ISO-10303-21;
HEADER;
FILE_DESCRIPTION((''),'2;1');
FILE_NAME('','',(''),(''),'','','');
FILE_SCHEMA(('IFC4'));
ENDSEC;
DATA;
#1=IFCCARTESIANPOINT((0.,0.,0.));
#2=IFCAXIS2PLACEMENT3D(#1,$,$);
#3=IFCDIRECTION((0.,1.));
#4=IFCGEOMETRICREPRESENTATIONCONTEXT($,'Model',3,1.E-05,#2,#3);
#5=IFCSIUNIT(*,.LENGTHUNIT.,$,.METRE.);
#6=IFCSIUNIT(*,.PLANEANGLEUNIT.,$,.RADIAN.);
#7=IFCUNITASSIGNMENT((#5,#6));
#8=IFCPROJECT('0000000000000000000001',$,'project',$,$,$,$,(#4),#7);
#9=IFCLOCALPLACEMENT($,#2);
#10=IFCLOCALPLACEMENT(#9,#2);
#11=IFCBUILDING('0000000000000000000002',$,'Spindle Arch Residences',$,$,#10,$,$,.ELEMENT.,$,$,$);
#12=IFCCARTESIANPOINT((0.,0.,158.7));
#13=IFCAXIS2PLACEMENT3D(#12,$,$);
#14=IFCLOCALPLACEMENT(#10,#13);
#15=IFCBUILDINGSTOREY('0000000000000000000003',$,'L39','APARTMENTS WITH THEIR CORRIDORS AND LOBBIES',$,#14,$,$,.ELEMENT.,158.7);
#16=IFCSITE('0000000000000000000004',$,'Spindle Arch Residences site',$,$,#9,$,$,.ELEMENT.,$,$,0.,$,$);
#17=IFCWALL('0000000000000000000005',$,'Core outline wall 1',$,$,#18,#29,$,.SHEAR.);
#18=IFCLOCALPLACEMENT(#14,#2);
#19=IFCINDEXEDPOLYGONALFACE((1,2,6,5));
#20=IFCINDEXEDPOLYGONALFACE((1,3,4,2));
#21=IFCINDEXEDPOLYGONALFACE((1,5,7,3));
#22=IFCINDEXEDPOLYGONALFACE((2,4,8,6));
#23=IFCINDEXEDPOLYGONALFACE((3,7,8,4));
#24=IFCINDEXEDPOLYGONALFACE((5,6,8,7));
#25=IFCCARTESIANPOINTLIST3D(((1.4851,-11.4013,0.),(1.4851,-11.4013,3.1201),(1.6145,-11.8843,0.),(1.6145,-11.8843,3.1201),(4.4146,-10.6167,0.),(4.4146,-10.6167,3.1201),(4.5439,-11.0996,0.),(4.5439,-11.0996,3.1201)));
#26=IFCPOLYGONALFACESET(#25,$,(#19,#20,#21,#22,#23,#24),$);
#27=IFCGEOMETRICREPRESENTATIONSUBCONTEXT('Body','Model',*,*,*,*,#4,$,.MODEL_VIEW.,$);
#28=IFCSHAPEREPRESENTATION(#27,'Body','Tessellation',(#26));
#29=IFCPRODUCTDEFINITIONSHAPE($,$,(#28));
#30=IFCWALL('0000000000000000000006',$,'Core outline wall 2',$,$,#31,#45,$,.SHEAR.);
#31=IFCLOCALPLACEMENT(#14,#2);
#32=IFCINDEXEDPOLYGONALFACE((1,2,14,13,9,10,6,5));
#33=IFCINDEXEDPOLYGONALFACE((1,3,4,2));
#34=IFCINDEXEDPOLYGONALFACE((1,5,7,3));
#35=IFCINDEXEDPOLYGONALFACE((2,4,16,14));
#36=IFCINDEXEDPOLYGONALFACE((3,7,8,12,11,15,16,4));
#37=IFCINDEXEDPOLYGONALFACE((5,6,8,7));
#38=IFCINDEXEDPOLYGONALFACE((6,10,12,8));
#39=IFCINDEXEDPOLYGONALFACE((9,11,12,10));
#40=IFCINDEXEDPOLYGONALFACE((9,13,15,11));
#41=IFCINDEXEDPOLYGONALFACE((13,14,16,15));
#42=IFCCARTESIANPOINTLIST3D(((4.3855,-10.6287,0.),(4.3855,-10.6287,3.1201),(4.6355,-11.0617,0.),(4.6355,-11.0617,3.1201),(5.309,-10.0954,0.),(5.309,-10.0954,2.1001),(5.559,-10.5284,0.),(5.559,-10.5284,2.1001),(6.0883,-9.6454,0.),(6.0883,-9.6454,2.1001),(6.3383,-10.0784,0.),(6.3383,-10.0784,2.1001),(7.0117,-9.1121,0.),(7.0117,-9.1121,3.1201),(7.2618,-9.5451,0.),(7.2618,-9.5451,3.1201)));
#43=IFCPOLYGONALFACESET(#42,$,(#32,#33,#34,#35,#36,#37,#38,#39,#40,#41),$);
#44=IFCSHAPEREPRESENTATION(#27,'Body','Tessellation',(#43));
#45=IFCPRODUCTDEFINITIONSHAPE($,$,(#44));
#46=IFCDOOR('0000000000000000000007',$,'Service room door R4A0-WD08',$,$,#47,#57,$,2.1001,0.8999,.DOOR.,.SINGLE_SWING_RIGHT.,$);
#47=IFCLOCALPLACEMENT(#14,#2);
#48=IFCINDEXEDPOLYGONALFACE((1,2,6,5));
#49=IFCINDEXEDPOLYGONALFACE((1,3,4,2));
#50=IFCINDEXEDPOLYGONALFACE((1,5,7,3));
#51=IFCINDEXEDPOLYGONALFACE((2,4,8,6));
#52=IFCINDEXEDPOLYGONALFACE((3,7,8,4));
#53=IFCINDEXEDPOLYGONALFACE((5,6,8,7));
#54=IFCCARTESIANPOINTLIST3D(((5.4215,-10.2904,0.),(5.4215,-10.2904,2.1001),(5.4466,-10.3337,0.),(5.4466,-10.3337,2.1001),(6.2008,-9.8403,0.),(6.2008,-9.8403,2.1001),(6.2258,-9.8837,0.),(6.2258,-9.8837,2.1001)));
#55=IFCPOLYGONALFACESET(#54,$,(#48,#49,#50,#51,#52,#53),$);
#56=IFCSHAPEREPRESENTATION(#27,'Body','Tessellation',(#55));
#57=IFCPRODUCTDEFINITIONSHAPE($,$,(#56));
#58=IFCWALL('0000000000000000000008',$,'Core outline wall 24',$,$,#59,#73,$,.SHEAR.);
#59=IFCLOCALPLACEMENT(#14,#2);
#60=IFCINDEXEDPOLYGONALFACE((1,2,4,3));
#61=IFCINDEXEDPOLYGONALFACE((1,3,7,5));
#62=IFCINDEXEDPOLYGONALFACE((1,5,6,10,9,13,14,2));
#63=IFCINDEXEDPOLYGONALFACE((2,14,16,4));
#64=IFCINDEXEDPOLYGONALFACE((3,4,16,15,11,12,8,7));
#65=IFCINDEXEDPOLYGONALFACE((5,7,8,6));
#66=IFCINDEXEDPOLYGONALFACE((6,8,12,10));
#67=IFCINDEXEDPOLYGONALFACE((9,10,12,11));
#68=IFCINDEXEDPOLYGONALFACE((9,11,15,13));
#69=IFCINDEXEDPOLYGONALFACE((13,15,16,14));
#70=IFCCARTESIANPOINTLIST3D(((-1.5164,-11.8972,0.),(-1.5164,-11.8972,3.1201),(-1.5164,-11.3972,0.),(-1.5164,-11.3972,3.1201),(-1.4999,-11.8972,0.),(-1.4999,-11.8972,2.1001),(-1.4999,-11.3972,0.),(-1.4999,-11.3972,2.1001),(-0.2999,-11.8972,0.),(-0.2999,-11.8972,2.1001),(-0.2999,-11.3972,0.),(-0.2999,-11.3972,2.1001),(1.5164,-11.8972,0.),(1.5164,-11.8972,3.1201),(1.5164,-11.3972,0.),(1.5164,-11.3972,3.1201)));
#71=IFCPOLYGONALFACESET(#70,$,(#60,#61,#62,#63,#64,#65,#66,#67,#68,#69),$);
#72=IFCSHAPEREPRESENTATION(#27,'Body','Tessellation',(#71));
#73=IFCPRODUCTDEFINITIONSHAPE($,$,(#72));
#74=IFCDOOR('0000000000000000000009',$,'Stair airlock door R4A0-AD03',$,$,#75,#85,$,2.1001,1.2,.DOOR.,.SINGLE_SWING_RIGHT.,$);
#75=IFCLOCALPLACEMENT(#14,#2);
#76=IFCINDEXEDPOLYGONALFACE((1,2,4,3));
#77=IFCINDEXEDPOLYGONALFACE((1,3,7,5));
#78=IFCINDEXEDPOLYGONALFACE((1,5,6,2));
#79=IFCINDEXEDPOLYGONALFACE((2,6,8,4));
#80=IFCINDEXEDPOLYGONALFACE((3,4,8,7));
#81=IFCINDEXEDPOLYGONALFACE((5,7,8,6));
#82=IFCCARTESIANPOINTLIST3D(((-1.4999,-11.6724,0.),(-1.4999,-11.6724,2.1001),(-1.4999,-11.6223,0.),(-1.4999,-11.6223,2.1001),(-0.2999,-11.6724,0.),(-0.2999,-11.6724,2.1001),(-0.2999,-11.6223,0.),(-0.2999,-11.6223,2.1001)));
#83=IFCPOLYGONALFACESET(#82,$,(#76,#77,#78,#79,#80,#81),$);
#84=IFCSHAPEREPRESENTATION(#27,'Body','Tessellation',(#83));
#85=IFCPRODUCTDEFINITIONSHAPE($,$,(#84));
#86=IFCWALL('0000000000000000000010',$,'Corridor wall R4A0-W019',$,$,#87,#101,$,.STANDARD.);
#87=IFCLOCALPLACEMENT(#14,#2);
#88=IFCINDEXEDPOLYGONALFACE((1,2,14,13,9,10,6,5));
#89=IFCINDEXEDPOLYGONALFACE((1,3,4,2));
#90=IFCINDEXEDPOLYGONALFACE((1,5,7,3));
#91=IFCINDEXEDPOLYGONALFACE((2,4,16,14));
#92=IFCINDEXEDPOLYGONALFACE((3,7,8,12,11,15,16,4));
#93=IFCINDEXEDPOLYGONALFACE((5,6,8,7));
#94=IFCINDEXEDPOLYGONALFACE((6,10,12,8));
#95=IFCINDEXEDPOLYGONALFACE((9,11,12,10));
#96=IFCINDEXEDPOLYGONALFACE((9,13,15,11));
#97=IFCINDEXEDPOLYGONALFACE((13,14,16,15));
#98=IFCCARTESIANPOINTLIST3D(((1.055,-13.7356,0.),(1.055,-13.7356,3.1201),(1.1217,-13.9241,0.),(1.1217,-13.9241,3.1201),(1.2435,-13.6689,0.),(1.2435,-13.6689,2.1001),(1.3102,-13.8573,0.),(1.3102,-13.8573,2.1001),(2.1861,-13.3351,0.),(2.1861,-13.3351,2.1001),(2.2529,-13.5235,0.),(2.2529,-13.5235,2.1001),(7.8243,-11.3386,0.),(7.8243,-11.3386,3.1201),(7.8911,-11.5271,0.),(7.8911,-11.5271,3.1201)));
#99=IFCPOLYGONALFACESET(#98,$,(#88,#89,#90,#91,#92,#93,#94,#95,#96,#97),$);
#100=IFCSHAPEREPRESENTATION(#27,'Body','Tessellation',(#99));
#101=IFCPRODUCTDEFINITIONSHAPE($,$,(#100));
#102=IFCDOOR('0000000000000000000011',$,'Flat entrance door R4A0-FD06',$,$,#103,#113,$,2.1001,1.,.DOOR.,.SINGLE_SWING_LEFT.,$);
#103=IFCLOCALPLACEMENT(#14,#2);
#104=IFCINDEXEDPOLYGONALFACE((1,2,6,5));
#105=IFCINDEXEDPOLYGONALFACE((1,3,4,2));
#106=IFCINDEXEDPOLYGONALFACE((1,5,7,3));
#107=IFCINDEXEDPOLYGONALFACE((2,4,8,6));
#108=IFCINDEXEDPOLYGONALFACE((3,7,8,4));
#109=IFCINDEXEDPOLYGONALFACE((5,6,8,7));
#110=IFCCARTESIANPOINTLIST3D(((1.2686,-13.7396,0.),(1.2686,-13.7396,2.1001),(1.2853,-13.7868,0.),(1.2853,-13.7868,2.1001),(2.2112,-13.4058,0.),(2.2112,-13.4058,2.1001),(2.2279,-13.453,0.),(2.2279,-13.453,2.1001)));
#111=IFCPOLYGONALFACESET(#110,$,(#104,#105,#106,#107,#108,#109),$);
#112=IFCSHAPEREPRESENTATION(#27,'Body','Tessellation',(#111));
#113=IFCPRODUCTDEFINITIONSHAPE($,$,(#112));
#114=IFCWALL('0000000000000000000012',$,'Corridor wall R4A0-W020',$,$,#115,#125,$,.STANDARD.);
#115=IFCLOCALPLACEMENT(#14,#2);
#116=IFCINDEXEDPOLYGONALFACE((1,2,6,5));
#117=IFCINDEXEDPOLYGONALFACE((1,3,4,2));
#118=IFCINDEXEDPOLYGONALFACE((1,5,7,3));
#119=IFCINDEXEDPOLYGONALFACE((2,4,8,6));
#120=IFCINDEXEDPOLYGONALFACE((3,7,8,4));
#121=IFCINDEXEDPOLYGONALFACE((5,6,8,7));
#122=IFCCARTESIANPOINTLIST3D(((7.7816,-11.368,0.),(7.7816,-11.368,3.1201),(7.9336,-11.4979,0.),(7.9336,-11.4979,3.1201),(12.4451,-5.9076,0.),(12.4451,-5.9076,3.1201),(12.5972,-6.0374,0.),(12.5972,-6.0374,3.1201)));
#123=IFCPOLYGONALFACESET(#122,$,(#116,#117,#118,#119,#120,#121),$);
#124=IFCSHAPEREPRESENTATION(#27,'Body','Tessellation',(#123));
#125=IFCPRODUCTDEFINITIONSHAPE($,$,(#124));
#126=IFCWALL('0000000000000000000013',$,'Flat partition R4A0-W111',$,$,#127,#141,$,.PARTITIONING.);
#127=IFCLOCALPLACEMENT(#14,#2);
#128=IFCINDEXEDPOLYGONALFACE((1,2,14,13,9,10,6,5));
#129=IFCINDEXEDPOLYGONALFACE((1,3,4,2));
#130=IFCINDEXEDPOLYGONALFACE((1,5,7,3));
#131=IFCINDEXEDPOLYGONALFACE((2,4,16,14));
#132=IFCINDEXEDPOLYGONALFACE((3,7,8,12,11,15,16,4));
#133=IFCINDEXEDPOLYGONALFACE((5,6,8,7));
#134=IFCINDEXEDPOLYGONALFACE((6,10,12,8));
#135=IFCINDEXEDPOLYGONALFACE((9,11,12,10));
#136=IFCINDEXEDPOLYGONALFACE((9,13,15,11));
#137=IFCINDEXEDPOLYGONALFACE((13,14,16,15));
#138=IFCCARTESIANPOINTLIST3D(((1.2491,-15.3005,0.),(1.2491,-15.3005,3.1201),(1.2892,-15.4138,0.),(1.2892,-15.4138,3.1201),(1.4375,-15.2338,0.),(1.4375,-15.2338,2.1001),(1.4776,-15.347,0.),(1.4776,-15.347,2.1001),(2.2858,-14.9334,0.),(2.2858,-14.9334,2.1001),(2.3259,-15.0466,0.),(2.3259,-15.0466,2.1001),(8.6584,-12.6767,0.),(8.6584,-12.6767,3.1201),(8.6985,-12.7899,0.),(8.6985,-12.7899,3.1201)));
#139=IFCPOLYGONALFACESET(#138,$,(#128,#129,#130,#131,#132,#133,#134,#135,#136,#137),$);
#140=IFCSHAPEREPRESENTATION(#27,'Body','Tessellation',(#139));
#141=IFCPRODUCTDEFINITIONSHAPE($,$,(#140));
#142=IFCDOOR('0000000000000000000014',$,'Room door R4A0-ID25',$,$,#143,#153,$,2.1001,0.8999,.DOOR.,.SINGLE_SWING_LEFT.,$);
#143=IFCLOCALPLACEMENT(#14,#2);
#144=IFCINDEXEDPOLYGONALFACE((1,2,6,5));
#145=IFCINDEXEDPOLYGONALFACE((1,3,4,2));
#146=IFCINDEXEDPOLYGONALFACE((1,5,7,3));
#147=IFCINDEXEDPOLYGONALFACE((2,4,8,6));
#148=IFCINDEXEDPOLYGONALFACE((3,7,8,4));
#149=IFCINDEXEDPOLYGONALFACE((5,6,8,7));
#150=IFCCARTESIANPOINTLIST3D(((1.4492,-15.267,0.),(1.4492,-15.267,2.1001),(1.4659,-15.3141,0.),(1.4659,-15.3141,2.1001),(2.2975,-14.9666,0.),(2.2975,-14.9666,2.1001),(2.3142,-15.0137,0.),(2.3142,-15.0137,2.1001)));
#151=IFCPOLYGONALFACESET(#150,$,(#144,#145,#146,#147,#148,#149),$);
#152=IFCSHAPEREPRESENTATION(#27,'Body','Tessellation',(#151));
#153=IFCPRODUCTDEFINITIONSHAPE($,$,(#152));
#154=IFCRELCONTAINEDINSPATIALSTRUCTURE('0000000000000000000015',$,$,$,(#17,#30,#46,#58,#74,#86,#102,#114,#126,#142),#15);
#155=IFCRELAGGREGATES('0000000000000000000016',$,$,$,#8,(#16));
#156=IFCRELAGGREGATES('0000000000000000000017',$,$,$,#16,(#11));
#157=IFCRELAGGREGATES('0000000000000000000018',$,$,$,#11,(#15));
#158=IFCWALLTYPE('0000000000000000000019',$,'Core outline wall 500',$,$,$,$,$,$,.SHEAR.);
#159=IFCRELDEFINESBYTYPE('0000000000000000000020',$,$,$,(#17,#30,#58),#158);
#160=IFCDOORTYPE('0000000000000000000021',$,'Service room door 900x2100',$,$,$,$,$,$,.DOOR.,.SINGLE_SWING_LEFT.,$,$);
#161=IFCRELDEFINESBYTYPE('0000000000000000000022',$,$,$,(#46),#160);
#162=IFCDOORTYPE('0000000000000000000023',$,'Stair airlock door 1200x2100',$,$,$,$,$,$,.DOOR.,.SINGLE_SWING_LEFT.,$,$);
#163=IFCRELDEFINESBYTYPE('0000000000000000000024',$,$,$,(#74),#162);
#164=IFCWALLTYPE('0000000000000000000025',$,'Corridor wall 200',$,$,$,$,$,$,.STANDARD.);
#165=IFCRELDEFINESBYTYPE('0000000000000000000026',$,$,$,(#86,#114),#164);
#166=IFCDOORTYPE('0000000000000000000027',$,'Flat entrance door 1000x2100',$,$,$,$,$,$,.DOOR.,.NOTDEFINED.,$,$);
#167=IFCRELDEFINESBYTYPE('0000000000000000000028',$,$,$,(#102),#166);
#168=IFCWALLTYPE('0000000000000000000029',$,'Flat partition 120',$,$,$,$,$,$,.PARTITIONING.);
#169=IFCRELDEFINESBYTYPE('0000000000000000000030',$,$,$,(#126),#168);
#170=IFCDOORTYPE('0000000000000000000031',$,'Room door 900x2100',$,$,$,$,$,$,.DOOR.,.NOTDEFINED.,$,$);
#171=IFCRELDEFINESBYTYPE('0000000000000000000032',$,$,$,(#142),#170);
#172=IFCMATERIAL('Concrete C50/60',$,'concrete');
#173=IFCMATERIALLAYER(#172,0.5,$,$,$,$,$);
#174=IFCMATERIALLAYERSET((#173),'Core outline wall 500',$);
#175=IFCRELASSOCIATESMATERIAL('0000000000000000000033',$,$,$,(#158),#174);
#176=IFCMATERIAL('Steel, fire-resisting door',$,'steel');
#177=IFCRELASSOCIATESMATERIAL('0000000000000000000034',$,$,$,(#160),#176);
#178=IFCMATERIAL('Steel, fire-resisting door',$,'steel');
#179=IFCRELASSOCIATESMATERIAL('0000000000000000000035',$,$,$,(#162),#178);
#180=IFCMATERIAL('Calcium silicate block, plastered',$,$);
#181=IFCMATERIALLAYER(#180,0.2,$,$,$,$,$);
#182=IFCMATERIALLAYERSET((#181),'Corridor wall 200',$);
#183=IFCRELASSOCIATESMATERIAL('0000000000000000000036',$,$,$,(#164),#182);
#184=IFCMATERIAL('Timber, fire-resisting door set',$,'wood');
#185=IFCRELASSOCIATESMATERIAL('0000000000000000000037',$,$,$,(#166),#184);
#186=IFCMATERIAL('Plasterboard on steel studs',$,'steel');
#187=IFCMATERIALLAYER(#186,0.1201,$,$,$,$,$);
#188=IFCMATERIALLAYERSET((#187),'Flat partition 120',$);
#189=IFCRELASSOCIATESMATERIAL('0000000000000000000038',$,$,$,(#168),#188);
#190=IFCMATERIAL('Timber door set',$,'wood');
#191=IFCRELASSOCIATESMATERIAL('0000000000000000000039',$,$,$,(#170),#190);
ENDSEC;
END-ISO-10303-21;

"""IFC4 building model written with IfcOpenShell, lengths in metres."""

from ifc_helpers import new_model, si_unit, direction, frame, frame_2d, origin, place, context, subcontext, project, spatial, rectangle, extrude, material, layer, layer_set, type_object, element, fill, save


model = new_model("IFC4")

# Units and contexts
model_context = context("Model", 3, precision=1e-05, world=origin(), true_north=direction((0.0, 1.0)))
body_context = subcontext(model_context, "Body", "Model", "MODEL_VIEW")
ifc_project = project(units=[si_unit("LENGTHUNIT", "METRE"), si_unit("PLANEANGLEUNIT", "RADIAN")], contexts=[model_context])

# Site, building, storey
site_placement = place(None, origin())
site = spatial("IfcSite", under=ifc_project, at=site_placement, Name="Spindle Arch Residences site", CompositionType="ELEMENT", RefElevation=0.0)
building_placement = place(site_placement, origin())
building = spatial("IfcBuilding", under=site, at=building_placement, Name="Spindle Arch Residences", CompositionType="ELEMENT")
storey_placement = place(building_placement, frame((0.0, 0.0, 158.7)))
storey = spatial("IfcBuildingStorey", under=building, at=storey_placement, Name="L39", Description="APARTMENTS WITH THEIR CORRIDORS AND LOBBIES", CompositionType="ELEMENT", Elevation=158.7)

# Wall
ifc_material_1 = material(Name="Concrete C50/60", Category="concrete")
ifc_layer_1 = layer(ifc_material_1, 0.5)
ifc_layer_set_1 = layer_set([ifc_layer_1], Name="Core outline wall 500")
wall_type_1 = type_object("IfcWallType", Name="Core outline wall 500", PredefinedType="SHEAR", material=ifc_layer_set_1)
wall_1_placement = place(storey_placement, frame((1.5498, -11.6428, 0.0), z_axis=(0.0, 0.0, 1.0), x_axis=(0.965948, 0.258735, 0.0)))
element("IfcWall", 1, at=wall_1_placement, inside=storey, type_object=wall_type_1, Name="Core outline wall 1", PredefinedType="SHEAR", context=body_context, shape_type="SweptSolid", body=[
    extrude(rectangle(XDim=3.0327, YDim=0.5, at=frame_2d((1.5164, 0.0))), origin(), (0.0, 0.0, 1.0), 3.1201),
])

# Walls, openings, doors
wall_2_placement = place(storey_placement, frame((4.5105, -10.8452, 0.0), z_axis=(0.0, 0.0, 1.0), x_axis=(0.865975, 0.500087, 0.0)))
wall_2 = element("IfcWall", 2, at=wall_2_placement, inside=storey, type_object=wall_type_1, Name="Core outline wall 2", PredefinedType="SHEAR", context=body_context, shape_type="SweptSolid", body=[
    extrude(rectangle(XDim=3.0327, YDim=0.5, at=frame_2d((1.5164, 0.0))), origin(), (0.0, 0.0, 1.0), 3.1201),
])
opening_1_placement = place(wall_2_placement, frame((1.0664, 0.0, 0.0)))
opening_1 = element("IfcOpeningElement", 3, at=opening_1_placement, cuts=wall_2, PredefinedType="OPENING", context=body_context, shape_type="SweptSolid", body=[
    extrude(rectangle(XDim=0.8999, YDim=2.1001, at=frame_2d((0.45, 1.05))), frame((0.0, 0.26, 0.0), z_axis=(0.0, -1.0, 0.0), x_axis=(1.0, 0.0, 0.0)), (0.0, 0.0, 1.0), 0.52),
])
ifc_material_2 = material(Name="Steel, fire-resisting door", Category="steel")
door_type_1 = type_object("IfcDoorType", Name="Service room door 900x2100", OperationType="SINGLE_SWING_LEFT", PredefinedType="DOOR", material=ifc_material_2)
door_1_placement = place(opening_1_placement, origin())
door_1 = element("IfcDoor", 4, at=door_1_placement, inside=storey, type_object=door_type_1, Name="Service room door R4A0-WD08", OperationType="SINGLE_SWING_RIGHT", OverallHeight=2.1001, OverallWidth=0.8999, PredefinedType="DOOR", context=body_context, shape_type="SweptSolid", body=[
    extrude(rectangle(XDim=0.8999, YDim=2.1001, at=frame_2d((0.45, 1.05))), frame((0.0, 0.0249, 0.0), z_axis=(0.0, -1.0, 0.0), x_axis=(1.0, 0.0, 0.0)), (0.0, 0.0, 1.0), 0.05),
])
fill(opening_1, door_1)
wall_3_placement = place(storey_placement, frame((-1.5164, -11.6472, 0.0), z_axis=(0.0, 0.0, 1.0), x_axis=(1.0, 0.0, 0.0)))
wall_3 = element("IfcWall", 5, at=wall_3_placement, inside=storey, type_object=wall_type_1, Name="Core outline wall 24", PredefinedType="SHEAR", context=body_context, shape_type="SweptSolid", body=[
    extrude(rectangle(XDim=3.0327, YDim=0.5, at=frame_2d((1.5164, 0.0))), origin(), (0.0, 0.0, 1.0), 3.1201),
])
opening_2_placement = place(wall_3_placement, frame((0.0164, 0.0, 0.0)))
opening_2 = element("IfcOpeningElement", 6, at=opening_2_placement, cuts=wall_3, PredefinedType="OPENING", context=body_context, shape_type="SweptSolid", body=[
    extrude(rectangle(XDim=1.2, YDim=2.1001, at=frame_2d((0.6001, 1.05))), frame((0.0, 0.26, 0.0), z_axis=(0.0, -1.0, 0.0), x_axis=(1.0, 0.0, 0.0)), (0.0, 0.0, 1.0), 0.52),
])
ifc_material_3 = material(Name="Steel, fire-resisting door", Category="steel")
door_type_2 = type_object("IfcDoorType", Name="Stair airlock door 1200x2100", OperationType="SINGLE_SWING_LEFT", PredefinedType="DOOR", material=ifc_material_3)
door_2_placement = place(opening_2_placement, origin())
door_2 = element("IfcDoor", 7, at=door_2_placement, inside=storey, type_object=door_type_2, Name="Stair airlock door R4A0-AD03", OperationType="SINGLE_SWING_RIGHT", OverallHeight=2.1001, OverallWidth=1.2, PredefinedType="DOOR", context=body_context, shape_type="SweptSolid", body=[
    extrude(rectangle(XDim=1.2, YDim=2.1001, at=frame_2d((0.6001, 1.05))), frame((0.0, 0.0249, 0.0), z_axis=(0.0, -1.0, 0.0), x_axis=(1.0, 0.0, 0.0)), (0.0, 0.0, 1.0), 0.05),
])
fill(opening_2, door_2)
ifc_material_4 = material(Name="Calcium silicate block, plastered")
ifc_layer_2 = layer(ifc_material_4, 0.2)
ifc_layer_set_2 = layer_set([ifc_layer_2], Name="Corridor wall 200")
wall_type_2 = type_object("IfcWallType", Name="Corridor wall 200", PredefinedType="STANDARD", material=ifc_layer_set_2)
wall_4_placement = place(storey_placement, frame((1.0884, -13.8298, 0.0), z_axis=(0.0, 0.0, 1.0), x_axis=(0.942648, 0.333787, 0.0)))
wall_4 = element("IfcWall", 8, at=wall_4_placement, inside=storey, type_object=wall_type_2, Name="Corridor wall R4A0-W019", PredefinedType="STANDARD", context=body_context, shape_type="SweptSolid", body=[
    extrude(rectangle(XDim=7.1812, YDim=0.2, at=frame_2d((3.5906, 0.0))), origin(), (0.0, 0.0, 1.0), 3.1201),
])
opening_3_placement = place(wall_4_placement, frame((0.2, 0.0, 0.0)))
opening_3 = element("IfcOpeningElement", 9, at=opening_3_placement, cuts=wall_4, PredefinedType="OPENING", context=body_context, shape_type="SweptSolid", body=[
    extrude(rectangle(XDim=1.0, YDim=2.1001, at=frame_2d((0.5, 1.05))), frame((0.0, 0.1099, 0.0), z_axis=(0.0, -1.0, 0.0), x_axis=(1.0, 0.0, 0.0)), (0.0, 0.0, 1.0), 0.22),
])
ifc_material_5 = material(Name="Timber, fire-resisting door set", Category="wood")
door_type_3 = type_object("IfcDoorType", Name="Flat entrance door 1000x2100", OperationType="NOTDEFINED", PredefinedType="DOOR", material=ifc_material_5)
door_3_placement = place(opening_3_placement, origin())
door_3 = element("IfcDoor", 10, at=door_3_placement, inside=storey, type_object=door_type_3, Name="Flat entrance door R4A0-FD06", OperationType="SINGLE_SWING_LEFT", OverallHeight=2.1001, OverallWidth=1.0, PredefinedType="DOOR", context=body_context, shape_type="SweptSolid", body=[
    extrude(rectangle(XDim=1.0, YDim=2.1001, at=frame_2d((0.5, 1.05))), frame((0.0, 0.0249, 0.0), z_axis=(0.0, -1.0, 0.0), x_axis=(1.0, 0.0, 0.0)), (0.0, 0.0, 1.0), 0.05),
])
fill(opening_3, door_3)

# Wall
wall_5_placement = place(storey_placement, frame((7.8577, -11.4329, 0.0), z_axis=(0.0, 0.0, 1.0), x_axis=(0.649441, 0.760412, 0.0)))
element("IfcWall", 11, at=wall_5_placement, inside=storey, type_object=wall_type_2, Name="Corridor wall R4A0-W020", PredefinedType="STANDARD", context=body_context, shape_type="SweptSolid", body=[
    extrude(rectangle(XDim=7.1809, YDim=0.2, at=frame_2d((3.5903, 0.0))), origin(), (0.0, 0.0, 1.0), 3.1201),
])

# Wall, opening, door
ifc_material_6 = material(Name="Plasterboard on steel studs", Category="steel")
ifc_layer_3 = layer(ifc_material_6, 0.1201)
ifc_layer_set_3 = layer_set([ifc_layer_3], Name="Flat partition 120")
wall_type_3 = type_object("IfcWallType", Name="Flat partition 120", PredefinedType="PARTITIONING", material=ifc_layer_set_3)
wall_6_placement = place(storey_placement, frame((1.269, -15.3572, 0.0), z_axis=(0.0, 0.0, 1.0), x_axis=(0.942639, 0.333813, 0.0)))
wall_6 = element("IfcWall", 12, at=wall_6_placement, inside=storey, type_object=wall_type_3, Name="Flat partition R4A0-W111", PredefinedType="PARTITIONING", context=body_context, shape_type="SweptSolid", body=[
    extrude(rectangle(XDim=7.8601, YDim=0.1201, at=frame_2d((3.9302, 0.0))), origin(), (0.0, 0.0, 1.0), 3.1201),
])
opening_4_placement = place(wall_6_placement, frame((0.2, 0.0, 0.0)))
opening_4 = element("IfcOpeningElement", 13, at=opening_4_placement, cuts=wall_6, PredefinedType="OPENING", context=body_context, shape_type="SweptSolid", body=[
    extrude(rectangle(XDim=0.8999, YDim=2.1001, at=frame_2d((0.45, 1.05))), frame((0.0, 0.0701, 0.0), z_axis=(0.0, -1.0, 0.0), x_axis=(1.0, 0.0, 0.0)), (0.0, 0.0, 1.0), 0.1401),
])
ifc_material_7 = material(Name="Timber door set", Category="wood")
door_type_4 = type_object("IfcDoorType", Name="Room door 900x2100", OperationType="NOTDEFINED", PredefinedType="DOOR", material=ifc_material_7)
door_4_placement = place(opening_4_placement, origin())
door_4 = element("IfcDoor", 14, at=door_4_placement, inside=storey, type_object=door_type_4, Name="Room door R4A0-ID25", OperationType="SINGLE_SWING_LEFT", OverallHeight=2.1001, OverallWidth=0.8999, PredefinedType="DOOR", context=body_context, shape_type="SweptSolid", body=[
    extrude(rectangle(XDim=0.8999, YDim=2.1001, at=frame_2d((0.45, 1.05))), frame((0.0, 0.0249, 0.0), z_axis=(0.0, -1.0, 0.0), x_axis=(1.0, 0.0, 0.0)), (0.0, 0.0, 1.0), 0.05),
])
fill(opening_4, door_4)

save(model, "model.ifc")
